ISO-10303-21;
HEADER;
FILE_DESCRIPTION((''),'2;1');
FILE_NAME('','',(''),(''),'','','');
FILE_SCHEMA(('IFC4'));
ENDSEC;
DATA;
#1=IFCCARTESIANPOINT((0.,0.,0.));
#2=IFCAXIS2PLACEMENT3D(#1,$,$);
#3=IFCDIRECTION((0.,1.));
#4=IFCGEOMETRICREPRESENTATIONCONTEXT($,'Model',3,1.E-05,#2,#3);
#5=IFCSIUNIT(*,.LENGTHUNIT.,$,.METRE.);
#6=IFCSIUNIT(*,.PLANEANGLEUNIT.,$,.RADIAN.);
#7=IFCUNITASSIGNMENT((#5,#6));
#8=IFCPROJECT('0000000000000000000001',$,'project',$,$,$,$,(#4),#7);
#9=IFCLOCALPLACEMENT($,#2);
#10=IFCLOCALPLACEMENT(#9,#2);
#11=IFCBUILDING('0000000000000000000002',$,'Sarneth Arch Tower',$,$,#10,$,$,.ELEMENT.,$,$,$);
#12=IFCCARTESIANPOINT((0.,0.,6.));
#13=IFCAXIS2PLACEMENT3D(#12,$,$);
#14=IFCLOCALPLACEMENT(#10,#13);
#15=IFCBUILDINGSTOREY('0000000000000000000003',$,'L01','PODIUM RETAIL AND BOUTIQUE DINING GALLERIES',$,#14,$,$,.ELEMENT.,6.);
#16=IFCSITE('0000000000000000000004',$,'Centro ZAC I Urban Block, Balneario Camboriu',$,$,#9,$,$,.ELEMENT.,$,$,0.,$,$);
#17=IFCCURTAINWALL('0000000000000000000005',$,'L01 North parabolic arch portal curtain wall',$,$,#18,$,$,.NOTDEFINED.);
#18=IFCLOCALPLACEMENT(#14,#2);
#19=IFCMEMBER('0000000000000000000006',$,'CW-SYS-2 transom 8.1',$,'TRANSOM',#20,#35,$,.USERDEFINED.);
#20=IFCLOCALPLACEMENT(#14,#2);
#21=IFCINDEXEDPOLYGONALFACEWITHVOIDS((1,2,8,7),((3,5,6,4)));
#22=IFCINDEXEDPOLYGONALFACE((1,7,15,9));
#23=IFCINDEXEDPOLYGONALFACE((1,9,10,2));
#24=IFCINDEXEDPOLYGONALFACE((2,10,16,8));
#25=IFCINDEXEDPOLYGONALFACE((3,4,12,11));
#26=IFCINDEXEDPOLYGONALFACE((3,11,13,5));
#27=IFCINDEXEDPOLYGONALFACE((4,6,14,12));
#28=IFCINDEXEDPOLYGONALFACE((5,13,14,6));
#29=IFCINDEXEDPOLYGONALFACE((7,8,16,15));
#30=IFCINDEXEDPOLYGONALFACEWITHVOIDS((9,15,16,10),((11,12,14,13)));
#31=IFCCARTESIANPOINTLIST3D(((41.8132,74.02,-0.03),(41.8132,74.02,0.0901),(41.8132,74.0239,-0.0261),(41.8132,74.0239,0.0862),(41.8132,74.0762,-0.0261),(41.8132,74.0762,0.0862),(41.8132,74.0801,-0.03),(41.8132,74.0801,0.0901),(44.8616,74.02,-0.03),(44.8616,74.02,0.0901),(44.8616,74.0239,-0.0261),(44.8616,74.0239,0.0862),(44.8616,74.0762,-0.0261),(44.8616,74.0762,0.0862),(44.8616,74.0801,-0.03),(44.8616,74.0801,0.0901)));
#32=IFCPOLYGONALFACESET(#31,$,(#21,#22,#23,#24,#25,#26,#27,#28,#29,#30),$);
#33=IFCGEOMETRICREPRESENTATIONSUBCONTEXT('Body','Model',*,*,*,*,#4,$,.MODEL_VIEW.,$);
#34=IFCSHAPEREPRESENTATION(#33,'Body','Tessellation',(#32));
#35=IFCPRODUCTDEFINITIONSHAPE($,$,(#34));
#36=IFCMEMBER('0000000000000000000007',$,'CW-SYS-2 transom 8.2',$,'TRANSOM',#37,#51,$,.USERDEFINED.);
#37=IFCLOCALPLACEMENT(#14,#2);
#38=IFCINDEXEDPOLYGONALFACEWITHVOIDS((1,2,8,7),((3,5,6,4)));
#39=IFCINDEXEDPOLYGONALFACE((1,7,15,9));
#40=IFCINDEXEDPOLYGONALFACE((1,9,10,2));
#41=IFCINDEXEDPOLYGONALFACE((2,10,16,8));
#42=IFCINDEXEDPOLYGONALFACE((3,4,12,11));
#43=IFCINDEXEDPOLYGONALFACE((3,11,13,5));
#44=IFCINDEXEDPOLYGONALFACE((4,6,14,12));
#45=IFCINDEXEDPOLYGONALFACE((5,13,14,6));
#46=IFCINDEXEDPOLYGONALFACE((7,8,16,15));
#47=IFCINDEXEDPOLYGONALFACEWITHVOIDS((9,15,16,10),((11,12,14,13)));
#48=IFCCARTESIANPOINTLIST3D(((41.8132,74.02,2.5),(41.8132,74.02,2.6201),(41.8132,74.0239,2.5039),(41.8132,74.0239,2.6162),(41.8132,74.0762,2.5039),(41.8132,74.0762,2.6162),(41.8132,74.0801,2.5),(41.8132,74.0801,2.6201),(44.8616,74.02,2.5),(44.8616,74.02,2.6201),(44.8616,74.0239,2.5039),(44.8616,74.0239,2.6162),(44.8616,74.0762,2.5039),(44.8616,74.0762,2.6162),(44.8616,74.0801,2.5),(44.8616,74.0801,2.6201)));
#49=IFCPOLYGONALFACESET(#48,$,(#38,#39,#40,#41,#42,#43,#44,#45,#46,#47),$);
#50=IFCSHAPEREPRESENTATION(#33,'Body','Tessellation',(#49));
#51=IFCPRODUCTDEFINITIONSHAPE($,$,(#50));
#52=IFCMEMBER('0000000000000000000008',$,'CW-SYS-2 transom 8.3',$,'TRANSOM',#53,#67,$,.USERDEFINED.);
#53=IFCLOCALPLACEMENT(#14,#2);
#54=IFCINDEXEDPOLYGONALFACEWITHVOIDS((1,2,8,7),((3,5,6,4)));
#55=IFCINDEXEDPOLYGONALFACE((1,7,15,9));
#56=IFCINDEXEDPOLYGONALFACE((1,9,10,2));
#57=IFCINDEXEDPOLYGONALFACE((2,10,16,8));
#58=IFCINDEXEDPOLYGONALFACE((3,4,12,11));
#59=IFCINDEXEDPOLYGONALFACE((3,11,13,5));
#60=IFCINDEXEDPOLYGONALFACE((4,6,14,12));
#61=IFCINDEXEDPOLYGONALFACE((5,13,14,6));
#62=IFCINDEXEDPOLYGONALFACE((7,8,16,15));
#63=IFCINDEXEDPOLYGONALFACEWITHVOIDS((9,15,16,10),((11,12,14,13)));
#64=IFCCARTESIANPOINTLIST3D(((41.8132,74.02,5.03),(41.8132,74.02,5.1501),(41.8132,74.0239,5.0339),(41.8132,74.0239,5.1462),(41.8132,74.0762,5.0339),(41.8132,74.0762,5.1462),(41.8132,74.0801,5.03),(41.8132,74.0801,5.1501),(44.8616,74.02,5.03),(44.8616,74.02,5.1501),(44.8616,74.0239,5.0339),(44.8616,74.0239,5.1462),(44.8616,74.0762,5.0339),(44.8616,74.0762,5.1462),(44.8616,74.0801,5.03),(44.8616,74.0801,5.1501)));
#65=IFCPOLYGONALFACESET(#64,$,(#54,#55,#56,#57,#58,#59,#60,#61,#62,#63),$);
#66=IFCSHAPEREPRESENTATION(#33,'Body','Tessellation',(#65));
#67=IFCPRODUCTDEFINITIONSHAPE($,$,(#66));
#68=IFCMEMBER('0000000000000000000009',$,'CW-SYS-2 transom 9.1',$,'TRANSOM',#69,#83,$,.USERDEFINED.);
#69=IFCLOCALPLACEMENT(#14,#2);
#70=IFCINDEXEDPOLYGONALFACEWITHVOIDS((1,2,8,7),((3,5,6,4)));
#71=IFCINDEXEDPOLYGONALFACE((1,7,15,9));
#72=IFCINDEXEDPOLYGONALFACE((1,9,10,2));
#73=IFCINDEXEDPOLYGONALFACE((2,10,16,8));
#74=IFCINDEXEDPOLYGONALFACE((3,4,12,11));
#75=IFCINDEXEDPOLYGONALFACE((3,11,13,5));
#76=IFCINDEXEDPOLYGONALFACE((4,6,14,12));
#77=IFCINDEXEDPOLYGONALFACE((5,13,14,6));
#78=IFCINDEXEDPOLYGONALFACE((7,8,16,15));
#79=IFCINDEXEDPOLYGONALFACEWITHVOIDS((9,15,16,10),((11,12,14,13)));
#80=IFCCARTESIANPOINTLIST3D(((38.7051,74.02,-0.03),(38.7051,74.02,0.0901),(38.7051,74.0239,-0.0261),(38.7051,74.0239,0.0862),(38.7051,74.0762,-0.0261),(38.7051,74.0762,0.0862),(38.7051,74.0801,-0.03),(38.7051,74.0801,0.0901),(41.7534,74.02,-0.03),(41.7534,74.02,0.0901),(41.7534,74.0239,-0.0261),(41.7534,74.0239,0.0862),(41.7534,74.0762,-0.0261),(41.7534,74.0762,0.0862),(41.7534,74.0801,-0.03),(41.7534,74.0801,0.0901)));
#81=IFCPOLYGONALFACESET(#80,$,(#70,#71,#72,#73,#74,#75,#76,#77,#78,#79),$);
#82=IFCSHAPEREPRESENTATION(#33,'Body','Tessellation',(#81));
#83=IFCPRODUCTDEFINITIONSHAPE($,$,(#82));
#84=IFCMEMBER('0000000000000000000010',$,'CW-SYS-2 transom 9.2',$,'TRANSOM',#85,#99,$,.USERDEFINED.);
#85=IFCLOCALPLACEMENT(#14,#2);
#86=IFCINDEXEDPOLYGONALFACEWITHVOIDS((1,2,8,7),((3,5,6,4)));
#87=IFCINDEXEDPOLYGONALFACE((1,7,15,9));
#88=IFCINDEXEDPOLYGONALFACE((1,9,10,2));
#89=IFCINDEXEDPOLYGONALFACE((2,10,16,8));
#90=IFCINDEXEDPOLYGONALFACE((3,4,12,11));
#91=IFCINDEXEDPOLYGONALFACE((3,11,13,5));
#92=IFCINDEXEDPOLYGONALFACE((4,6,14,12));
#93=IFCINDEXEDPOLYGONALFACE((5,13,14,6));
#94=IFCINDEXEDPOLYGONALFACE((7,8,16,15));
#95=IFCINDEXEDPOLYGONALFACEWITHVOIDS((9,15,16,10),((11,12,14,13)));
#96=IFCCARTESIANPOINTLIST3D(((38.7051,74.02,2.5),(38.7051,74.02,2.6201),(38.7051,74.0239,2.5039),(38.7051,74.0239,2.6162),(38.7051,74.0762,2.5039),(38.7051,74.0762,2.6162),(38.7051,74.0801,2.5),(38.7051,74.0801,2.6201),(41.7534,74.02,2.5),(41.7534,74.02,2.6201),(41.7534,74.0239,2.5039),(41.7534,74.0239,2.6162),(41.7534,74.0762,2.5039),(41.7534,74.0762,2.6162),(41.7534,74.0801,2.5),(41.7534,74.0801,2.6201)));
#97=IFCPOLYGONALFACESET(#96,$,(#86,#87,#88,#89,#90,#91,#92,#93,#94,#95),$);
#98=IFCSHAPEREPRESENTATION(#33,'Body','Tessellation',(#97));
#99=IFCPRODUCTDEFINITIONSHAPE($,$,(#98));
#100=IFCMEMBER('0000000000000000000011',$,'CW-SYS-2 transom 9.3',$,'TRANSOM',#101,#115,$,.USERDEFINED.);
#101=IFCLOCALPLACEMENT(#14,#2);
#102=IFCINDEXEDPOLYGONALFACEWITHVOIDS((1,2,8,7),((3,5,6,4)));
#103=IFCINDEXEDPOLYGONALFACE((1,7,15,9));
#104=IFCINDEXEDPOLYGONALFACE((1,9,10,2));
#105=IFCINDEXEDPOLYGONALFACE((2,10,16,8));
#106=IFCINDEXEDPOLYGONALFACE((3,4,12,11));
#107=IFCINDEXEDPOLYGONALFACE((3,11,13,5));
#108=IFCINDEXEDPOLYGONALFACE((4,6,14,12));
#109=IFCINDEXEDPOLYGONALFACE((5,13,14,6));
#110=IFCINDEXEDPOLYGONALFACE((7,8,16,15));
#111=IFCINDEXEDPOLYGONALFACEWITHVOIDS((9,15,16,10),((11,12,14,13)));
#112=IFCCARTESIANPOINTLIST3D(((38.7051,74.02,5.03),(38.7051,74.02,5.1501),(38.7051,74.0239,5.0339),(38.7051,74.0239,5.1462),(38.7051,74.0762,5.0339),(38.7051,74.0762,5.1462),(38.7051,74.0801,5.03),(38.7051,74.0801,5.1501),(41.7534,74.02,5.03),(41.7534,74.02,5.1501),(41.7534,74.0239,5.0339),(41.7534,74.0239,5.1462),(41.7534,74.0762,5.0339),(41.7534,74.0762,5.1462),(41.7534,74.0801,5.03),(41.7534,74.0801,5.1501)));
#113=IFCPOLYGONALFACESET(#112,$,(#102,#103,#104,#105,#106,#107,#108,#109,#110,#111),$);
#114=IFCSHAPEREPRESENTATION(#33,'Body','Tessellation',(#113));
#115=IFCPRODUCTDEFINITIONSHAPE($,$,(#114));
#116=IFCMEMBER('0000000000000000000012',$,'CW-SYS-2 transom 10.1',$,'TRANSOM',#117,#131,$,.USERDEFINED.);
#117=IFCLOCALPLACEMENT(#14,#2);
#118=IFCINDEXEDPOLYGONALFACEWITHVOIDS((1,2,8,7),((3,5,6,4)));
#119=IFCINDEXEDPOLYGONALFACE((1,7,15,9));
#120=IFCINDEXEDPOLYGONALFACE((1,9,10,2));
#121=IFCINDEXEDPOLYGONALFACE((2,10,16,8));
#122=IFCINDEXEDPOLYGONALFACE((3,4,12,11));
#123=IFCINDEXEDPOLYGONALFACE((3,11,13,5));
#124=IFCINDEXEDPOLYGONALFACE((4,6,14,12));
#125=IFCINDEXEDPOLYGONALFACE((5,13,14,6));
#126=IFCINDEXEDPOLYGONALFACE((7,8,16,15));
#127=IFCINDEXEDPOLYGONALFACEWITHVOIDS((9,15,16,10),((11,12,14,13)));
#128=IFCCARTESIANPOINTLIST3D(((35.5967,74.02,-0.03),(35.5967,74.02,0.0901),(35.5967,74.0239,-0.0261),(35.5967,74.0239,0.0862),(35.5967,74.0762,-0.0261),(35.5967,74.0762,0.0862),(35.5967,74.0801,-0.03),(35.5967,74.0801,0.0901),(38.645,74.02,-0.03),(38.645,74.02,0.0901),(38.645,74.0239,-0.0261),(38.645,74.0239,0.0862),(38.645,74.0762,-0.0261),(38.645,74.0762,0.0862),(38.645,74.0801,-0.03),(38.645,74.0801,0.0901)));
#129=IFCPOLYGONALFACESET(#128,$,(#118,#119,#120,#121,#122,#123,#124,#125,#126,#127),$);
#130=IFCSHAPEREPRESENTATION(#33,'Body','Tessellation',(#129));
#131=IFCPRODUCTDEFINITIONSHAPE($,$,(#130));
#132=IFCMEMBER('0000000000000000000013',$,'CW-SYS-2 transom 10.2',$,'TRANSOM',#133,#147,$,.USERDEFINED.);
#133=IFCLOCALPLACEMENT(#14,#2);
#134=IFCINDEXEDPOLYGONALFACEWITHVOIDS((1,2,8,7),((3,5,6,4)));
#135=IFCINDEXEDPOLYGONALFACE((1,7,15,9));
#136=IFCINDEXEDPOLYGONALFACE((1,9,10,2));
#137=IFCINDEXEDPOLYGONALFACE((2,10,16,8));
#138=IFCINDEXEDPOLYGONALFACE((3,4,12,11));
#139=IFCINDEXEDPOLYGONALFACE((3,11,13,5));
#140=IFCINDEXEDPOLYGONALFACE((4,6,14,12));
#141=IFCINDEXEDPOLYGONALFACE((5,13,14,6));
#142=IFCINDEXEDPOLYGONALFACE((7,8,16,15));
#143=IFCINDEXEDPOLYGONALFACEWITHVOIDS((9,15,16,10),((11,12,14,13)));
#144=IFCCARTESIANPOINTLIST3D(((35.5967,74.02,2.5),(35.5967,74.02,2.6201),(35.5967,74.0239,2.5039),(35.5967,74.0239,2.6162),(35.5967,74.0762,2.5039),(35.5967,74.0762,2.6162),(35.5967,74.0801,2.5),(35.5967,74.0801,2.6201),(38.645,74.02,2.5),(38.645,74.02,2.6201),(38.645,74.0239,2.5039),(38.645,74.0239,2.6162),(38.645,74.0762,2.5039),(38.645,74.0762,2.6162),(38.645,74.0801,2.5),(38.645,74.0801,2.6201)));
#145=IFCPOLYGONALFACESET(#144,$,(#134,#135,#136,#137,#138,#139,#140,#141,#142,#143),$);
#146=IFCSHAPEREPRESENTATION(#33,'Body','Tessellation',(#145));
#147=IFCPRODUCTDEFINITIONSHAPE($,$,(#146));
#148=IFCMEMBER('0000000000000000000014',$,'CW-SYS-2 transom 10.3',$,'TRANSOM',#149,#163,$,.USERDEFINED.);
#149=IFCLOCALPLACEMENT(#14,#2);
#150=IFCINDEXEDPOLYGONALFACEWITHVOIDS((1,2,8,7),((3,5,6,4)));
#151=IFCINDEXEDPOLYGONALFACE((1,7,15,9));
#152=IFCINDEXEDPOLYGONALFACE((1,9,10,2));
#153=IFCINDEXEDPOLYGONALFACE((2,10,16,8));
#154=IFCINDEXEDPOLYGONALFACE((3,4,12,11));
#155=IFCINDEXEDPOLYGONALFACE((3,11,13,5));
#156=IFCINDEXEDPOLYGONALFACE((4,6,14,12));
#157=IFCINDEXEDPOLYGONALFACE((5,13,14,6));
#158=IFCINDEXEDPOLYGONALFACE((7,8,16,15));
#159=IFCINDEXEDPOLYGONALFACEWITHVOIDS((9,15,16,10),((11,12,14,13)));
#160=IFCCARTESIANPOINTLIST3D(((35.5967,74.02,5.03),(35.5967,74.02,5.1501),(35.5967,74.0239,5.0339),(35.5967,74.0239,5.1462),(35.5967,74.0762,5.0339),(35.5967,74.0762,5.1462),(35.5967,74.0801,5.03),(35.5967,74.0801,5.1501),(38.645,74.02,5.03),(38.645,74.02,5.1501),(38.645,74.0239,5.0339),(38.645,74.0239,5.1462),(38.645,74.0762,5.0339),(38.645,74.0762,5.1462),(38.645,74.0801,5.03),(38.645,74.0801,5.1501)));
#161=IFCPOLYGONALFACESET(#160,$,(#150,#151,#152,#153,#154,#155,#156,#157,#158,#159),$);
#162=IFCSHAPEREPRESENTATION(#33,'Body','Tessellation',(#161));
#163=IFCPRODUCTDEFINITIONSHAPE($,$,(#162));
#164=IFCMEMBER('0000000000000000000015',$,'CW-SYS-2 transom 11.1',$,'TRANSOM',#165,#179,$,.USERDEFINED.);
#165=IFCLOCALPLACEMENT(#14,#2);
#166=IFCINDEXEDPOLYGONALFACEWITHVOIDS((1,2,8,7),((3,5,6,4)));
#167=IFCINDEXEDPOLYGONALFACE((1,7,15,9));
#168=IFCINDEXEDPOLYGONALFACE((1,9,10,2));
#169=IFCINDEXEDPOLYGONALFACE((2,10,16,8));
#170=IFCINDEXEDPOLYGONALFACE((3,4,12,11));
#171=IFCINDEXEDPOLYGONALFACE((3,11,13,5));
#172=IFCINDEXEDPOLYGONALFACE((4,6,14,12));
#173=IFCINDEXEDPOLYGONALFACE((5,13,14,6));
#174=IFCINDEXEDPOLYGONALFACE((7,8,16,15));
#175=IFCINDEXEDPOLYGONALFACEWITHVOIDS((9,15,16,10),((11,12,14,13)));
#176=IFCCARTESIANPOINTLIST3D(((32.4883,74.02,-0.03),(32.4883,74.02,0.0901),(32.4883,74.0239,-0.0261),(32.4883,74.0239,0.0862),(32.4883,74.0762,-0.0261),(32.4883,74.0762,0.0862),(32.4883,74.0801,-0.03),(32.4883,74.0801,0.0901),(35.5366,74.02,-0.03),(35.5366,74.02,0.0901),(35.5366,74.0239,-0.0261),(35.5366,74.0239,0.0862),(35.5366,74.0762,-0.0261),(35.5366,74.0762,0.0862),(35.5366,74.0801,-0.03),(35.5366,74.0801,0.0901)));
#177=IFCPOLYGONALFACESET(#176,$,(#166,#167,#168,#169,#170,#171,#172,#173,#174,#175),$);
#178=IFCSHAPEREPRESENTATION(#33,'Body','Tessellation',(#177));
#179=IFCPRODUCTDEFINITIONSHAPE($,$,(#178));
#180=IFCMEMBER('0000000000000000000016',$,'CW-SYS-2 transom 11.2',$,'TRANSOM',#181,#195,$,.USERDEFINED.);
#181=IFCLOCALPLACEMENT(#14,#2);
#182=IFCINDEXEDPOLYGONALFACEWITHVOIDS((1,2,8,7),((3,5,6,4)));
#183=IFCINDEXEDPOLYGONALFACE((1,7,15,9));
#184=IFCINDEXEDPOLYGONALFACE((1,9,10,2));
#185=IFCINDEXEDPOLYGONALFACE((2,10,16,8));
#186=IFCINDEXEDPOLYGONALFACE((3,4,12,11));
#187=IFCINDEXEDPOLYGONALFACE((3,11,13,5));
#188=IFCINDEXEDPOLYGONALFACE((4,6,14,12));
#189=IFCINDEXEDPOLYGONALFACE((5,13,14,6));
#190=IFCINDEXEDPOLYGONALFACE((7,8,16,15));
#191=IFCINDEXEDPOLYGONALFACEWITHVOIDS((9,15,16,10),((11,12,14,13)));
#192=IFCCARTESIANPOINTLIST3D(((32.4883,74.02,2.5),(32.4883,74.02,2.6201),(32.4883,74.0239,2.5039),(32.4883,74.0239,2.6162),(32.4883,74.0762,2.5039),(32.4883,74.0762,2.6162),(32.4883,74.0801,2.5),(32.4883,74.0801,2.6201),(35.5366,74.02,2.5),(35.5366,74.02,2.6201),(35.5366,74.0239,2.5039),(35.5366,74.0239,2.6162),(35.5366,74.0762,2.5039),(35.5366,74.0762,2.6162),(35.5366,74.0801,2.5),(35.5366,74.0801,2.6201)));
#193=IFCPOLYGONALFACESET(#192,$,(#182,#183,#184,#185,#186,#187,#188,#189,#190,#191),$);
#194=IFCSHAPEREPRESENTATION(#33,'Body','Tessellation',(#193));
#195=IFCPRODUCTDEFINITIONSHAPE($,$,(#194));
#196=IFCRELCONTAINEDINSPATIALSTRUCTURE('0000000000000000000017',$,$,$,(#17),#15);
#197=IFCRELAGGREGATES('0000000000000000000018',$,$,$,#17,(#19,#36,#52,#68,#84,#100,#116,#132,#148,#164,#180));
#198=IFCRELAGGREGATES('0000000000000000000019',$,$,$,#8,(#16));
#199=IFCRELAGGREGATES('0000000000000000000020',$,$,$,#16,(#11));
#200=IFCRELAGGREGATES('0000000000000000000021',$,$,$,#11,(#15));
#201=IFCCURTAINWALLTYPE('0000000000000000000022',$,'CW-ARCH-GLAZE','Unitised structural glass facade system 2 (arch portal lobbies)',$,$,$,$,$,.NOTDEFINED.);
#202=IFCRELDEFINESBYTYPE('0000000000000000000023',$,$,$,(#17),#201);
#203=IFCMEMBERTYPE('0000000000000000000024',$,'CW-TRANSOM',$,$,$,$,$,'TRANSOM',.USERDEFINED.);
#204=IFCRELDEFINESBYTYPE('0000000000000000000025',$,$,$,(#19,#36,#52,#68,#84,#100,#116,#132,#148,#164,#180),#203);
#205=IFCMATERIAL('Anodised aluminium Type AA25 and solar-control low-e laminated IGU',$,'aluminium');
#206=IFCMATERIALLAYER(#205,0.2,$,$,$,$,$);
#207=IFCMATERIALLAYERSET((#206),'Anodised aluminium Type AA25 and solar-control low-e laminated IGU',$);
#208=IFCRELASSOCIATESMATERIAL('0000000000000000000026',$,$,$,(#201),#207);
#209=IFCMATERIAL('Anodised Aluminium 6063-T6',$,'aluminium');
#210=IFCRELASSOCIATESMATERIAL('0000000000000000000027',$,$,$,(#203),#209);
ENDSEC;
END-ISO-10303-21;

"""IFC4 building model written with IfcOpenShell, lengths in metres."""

from ifc_helpers import new_model, si_unit, direction, frame, origin, origin_2d, place, context, subcontext, project, spatial, hollow_rectangle, extrude, material, layer, layer_set, material_profile, profile_set, type_object, element, aggregate, save


model = new_model("IFC4")

# Units and contexts
model_context = context("Model", 3, precision=1e-05, world=origin(), true_north=direction((0.0, 1.0)))
body_context = subcontext(model_context, "Body", "Model", "MODEL_VIEW")
ifc_project = project(units=[si_unit("LENGTHUNIT", "METRE"), si_unit("PLANEANGLEUNIT", "RADIAN")], contexts=[model_context])

# Site, building, storey
site_placement = place(None, origin())
site = spatial("IfcSite", under=ifc_project, at=site_placement, Name="Centro ZAC I Urban Block, Balneario Camboriu", CompositionType="ELEMENT", RefElevation=0.0)
building_placement = place(site_placement, origin())
building = spatial("IfcBuilding", under=site, at=building_placement, Name="Sarneth Arch Tower", CompositionType="ELEMENT")
storey_placement = place(building_placement, frame((0.0, 0.0, 6.0)))
storey = spatial("IfcBuildingStorey", under=building, at=storey_placement, Name="L01", Description="PODIUM RETAIL AND BOUTIQUE DINING GALLERIES", CompositionType="ELEMENT", Elevation=6.0)

# Curtain wall, members
ifc_material_1 = material(Name="Anodised aluminium Type AA25 and solar-control low-e laminated IGU", Category="aluminium")
ifc_layer_1 = layer(ifc_material_1, 0.2)
ifc_layer_set_1 = layer_set([ifc_layer_1], Name="Anodised aluminium Type AA25 and solar-control low-e laminated IGU")
curtain_wall_type = type_object("IfcCurtainWallType", Name="CW-ARCH-GLAZE", Description="Unitised structural glass facade system 2 (arch portal lobbies)", PredefinedType="NOTDEFINED", material=ifc_layer_set_1)
curtain_wall_placement = place(storey_placement, origin())
curtain_wall = element("IfcCurtainWall", 1, at=curtain_wall_placement, inside=storey, type_object=curtain_wall_type, Name="L01 North parabolic arch portal curtain wall", PredefinedType="NOTDEFINED")
ifc_material_2 = material(Name="Anodised Aluminium 6063-T6", Category="aluminium")
ifc_material_profile_1 = material_profile(ifc_material_2, hollow_rectangle(XDim=0.0601, YDim=0.1201, WallThickness=0.0039, at=origin_2d()), Name="AL-TRAN-120x60x4")
ifc_profile_set_1 = profile_set([ifc_material_profile_1], Name="Anodised Aluminium 6063-T6")
member_type_1 = type_object("IfcMemberType", Name="CW-TRANSOM", ElementType="TRANSOM", PredefinedType="USERDEFINED", material=ifc_profile_set_1)
member_1_placement = place(storey_placement, frame((44.8616, 74.05, 0.03), z_axis=(-1.0, 0.0, 0.0), x_axis=(0.0, -1.0, 0.0)))
member_1 = element("IfcMember", 2, at=member_1_placement, type_object=member_type_1, Name="CW-SYS-2 transom 8.1", ObjectType="TRANSOM", PredefinedType="USERDEFINED", context=body_context, shape_type="SweptSolid", body=[
    extrude(hollow_rectangle(XDim=0.0601, YDim=0.1201, WallThickness=0.0039, at=origin_2d()), origin(), (0.0, 0.0, 1.0), 3.0483),
])
member_2_placement = place(storey_placement, frame((44.8616, 74.05, 2.5601), z_axis=(-1.0, 0.0, 0.0), x_axis=(0.0, -1.0, 0.0)))
member_2 = element("IfcMember", 3, at=member_2_placement, type_object=member_type_1, Name="CW-SYS-2 transom 8.2", ObjectType="TRANSOM", PredefinedType="USERDEFINED", context=body_context, shape_type="SweptSolid", body=[
    extrude(hollow_rectangle(XDim=0.0601, YDim=0.1201, WallThickness=0.0039, at=origin_2d()), origin(), (0.0, 0.0, 1.0), 3.0483),
])
member_3_placement = place(storey_placement, frame((44.8616, 74.05, 5.0901), z_axis=(-1.0, 0.0, 0.0), x_axis=(0.0, -1.0, 0.0)))
member_3 = element("IfcMember", 4, at=member_3_placement, type_object=member_type_1, Name="CW-SYS-2 transom 8.3", ObjectType="TRANSOM", PredefinedType="USERDEFINED", context=body_context, shape_type="SweptSolid", body=[
    extrude(hollow_rectangle(XDim=0.0601, YDim=0.1201, WallThickness=0.0039, at=origin_2d()), origin(), (0.0, 0.0, 1.0), 3.0483),
])
member_4_placement = place(storey_placement, frame((41.7534, 74.05, 0.03), z_axis=(-1.0, 0.0, 0.0), x_axis=(0.0, -1.0, 0.0)))
member_4 = element("IfcMember", 5, at=member_4_placement, type_object=member_type_1, Name="CW-SYS-2 transom 9.1", ObjectType="TRANSOM", PredefinedType="USERDEFINED", context=body_context, shape_type="SweptSolid", body=[
    extrude(hollow_rectangle(XDim=0.0601, YDim=0.1201, WallThickness=0.0039, at=origin_2d()), origin(), (0.0, 0.0, 1.0), 3.0483),
])
member_5_placement = place(storey_placement, frame((41.7534, 74.05, 2.5601), z_axis=(-1.0, 0.0, 0.0), x_axis=(0.0, -1.0, 0.0)))
member_5 = element("IfcMember", 6, at=member_5_placement, type_object=member_type_1, Name="CW-SYS-2 transom 9.2", ObjectType="TRANSOM", PredefinedType="USERDEFINED", context=body_context, shape_type="SweptSolid", body=[
    extrude(hollow_rectangle(XDim=0.0601, YDim=0.1201, WallThickness=0.0039, at=origin_2d()), origin(), (0.0, 0.0, 1.0), 3.0483),
])
member_6_placement = place(storey_placement, frame((41.7534, 74.05, 5.0901), z_axis=(-1.0, 0.0, 0.0), x_axis=(0.0, -1.0, 0.0)))
member_6 = element("IfcMember", 7, at=member_6_placement, type_object=member_type_1, Name="CW-SYS-2 transom 9.3", ObjectType="TRANSOM", PredefinedType="USERDEFINED", context=body_context, shape_type="SweptSolid", body=[
    extrude(hollow_rectangle(XDim=0.0601, YDim=0.1201, WallThickness=0.0039, at=origin_2d()), origin(), (0.0, 0.0, 1.0), 3.0483),
])
member_7_placement = place(storey_placement, frame((38.645, 74.05, 0.03), z_axis=(-1.0, 0.0, 0.0), x_axis=(0.0, -1.0, 0.0)))
member_7 = element("IfcMember", 8, at=member_7_placement, type_object=member_type_1, Name="CW-SYS-2 transom 10.1", ObjectType="TRANSOM", PredefinedType="USERDEFINED", context=body_context, shape_type="SweptSolid", body=[
    extrude(hollow_rectangle(XDim=0.0601, YDim=0.1201, WallThickness=0.0039, at=origin_2d()), origin(), (0.0, 0.0, 1.0), 3.0483),
])
member_8_placement = place(storey_placement, frame((38.645, 74.05, 2.5601), z_axis=(-1.0, 0.0, 0.0), x_axis=(0.0, -1.0, 0.0)))
member_8 = element("IfcMember", 9, at=member_8_placement, type_object=member_type_1, Name="CW-SYS-2 transom 10.2", ObjectType="TRANSOM", PredefinedType="USERDEFINED", context=body_context, shape_type="SweptSolid", body=[
    extrude(hollow_rectangle(XDim=0.0601, YDim=0.1201, WallThickness=0.0039, at=origin_2d()), origin(), (0.0, 0.0, 1.0), 3.0483),
])
member_9_placement = place(storey_placement, frame((38.645, 74.05, 5.0901), z_axis=(-1.0, 0.0, 0.0), x_axis=(0.0, -1.0, 0.0)))
member_9 = element("IfcMember", 10, at=member_9_placement, type_object=member_type_1, Name="CW-SYS-2 transom 10.3", ObjectType="TRANSOM", PredefinedType="USERDEFINED", context=body_context, shape_type="SweptSolid", body=[
    extrude(hollow_rectangle(XDim=0.0601, YDim=0.1201, WallThickness=0.0039, at=origin_2d()), origin(), (0.0, 0.0, 1.0), 3.0483),
])
member_10_placement = place(storey_placement, frame((35.5366, 74.05, 0.03), z_axis=(-1.0, 0.0, 0.0), x_axis=(0.0, -1.0, 0.0)))
member_10 = element("IfcMember", 11, at=member_10_placement, type_object=member_type_1, Name="CW-SYS-2 transom 11.1", ObjectType="TRANSOM", PredefinedType="USERDEFINED", context=body_context, shape_type="SweptSolid", body=[
    extrude(hollow_rectangle(XDim=0.0601, YDim=0.1201, WallThickness=0.0039, at=origin_2d()), origin(), (0.0, 0.0, 1.0), 3.0483),
])
member_11_placement = place(storey_placement, frame((35.5366, 74.05, 2.5601), z_axis=(-1.0, 0.0, 0.0), x_axis=(0.0, -1.0, 0.0)))
member_11 = element("IfcMember", 12, at=member_11_placement, type_object=member_type_1, Name="CW-SYS-2 transom 11.2", ObjectType="TRANSOM", PredefinedType="USERDEFINED", context=body_context, shape_type="SweptSolid", body=[
    extrude(hollow_rectangle(XDim=0.0601, YDim=0.1201, WallThickness=0.0039, at=origin_2d()), origin(), (0.0, 0.0, 1.0), 3.0483),
])

aggregate(curtain_wall, [member_1, member_2, member_3, member_4, member_5, member_6, member_7, member_8, member_9, member_10, member_11])

save(model, "model.ifc")
